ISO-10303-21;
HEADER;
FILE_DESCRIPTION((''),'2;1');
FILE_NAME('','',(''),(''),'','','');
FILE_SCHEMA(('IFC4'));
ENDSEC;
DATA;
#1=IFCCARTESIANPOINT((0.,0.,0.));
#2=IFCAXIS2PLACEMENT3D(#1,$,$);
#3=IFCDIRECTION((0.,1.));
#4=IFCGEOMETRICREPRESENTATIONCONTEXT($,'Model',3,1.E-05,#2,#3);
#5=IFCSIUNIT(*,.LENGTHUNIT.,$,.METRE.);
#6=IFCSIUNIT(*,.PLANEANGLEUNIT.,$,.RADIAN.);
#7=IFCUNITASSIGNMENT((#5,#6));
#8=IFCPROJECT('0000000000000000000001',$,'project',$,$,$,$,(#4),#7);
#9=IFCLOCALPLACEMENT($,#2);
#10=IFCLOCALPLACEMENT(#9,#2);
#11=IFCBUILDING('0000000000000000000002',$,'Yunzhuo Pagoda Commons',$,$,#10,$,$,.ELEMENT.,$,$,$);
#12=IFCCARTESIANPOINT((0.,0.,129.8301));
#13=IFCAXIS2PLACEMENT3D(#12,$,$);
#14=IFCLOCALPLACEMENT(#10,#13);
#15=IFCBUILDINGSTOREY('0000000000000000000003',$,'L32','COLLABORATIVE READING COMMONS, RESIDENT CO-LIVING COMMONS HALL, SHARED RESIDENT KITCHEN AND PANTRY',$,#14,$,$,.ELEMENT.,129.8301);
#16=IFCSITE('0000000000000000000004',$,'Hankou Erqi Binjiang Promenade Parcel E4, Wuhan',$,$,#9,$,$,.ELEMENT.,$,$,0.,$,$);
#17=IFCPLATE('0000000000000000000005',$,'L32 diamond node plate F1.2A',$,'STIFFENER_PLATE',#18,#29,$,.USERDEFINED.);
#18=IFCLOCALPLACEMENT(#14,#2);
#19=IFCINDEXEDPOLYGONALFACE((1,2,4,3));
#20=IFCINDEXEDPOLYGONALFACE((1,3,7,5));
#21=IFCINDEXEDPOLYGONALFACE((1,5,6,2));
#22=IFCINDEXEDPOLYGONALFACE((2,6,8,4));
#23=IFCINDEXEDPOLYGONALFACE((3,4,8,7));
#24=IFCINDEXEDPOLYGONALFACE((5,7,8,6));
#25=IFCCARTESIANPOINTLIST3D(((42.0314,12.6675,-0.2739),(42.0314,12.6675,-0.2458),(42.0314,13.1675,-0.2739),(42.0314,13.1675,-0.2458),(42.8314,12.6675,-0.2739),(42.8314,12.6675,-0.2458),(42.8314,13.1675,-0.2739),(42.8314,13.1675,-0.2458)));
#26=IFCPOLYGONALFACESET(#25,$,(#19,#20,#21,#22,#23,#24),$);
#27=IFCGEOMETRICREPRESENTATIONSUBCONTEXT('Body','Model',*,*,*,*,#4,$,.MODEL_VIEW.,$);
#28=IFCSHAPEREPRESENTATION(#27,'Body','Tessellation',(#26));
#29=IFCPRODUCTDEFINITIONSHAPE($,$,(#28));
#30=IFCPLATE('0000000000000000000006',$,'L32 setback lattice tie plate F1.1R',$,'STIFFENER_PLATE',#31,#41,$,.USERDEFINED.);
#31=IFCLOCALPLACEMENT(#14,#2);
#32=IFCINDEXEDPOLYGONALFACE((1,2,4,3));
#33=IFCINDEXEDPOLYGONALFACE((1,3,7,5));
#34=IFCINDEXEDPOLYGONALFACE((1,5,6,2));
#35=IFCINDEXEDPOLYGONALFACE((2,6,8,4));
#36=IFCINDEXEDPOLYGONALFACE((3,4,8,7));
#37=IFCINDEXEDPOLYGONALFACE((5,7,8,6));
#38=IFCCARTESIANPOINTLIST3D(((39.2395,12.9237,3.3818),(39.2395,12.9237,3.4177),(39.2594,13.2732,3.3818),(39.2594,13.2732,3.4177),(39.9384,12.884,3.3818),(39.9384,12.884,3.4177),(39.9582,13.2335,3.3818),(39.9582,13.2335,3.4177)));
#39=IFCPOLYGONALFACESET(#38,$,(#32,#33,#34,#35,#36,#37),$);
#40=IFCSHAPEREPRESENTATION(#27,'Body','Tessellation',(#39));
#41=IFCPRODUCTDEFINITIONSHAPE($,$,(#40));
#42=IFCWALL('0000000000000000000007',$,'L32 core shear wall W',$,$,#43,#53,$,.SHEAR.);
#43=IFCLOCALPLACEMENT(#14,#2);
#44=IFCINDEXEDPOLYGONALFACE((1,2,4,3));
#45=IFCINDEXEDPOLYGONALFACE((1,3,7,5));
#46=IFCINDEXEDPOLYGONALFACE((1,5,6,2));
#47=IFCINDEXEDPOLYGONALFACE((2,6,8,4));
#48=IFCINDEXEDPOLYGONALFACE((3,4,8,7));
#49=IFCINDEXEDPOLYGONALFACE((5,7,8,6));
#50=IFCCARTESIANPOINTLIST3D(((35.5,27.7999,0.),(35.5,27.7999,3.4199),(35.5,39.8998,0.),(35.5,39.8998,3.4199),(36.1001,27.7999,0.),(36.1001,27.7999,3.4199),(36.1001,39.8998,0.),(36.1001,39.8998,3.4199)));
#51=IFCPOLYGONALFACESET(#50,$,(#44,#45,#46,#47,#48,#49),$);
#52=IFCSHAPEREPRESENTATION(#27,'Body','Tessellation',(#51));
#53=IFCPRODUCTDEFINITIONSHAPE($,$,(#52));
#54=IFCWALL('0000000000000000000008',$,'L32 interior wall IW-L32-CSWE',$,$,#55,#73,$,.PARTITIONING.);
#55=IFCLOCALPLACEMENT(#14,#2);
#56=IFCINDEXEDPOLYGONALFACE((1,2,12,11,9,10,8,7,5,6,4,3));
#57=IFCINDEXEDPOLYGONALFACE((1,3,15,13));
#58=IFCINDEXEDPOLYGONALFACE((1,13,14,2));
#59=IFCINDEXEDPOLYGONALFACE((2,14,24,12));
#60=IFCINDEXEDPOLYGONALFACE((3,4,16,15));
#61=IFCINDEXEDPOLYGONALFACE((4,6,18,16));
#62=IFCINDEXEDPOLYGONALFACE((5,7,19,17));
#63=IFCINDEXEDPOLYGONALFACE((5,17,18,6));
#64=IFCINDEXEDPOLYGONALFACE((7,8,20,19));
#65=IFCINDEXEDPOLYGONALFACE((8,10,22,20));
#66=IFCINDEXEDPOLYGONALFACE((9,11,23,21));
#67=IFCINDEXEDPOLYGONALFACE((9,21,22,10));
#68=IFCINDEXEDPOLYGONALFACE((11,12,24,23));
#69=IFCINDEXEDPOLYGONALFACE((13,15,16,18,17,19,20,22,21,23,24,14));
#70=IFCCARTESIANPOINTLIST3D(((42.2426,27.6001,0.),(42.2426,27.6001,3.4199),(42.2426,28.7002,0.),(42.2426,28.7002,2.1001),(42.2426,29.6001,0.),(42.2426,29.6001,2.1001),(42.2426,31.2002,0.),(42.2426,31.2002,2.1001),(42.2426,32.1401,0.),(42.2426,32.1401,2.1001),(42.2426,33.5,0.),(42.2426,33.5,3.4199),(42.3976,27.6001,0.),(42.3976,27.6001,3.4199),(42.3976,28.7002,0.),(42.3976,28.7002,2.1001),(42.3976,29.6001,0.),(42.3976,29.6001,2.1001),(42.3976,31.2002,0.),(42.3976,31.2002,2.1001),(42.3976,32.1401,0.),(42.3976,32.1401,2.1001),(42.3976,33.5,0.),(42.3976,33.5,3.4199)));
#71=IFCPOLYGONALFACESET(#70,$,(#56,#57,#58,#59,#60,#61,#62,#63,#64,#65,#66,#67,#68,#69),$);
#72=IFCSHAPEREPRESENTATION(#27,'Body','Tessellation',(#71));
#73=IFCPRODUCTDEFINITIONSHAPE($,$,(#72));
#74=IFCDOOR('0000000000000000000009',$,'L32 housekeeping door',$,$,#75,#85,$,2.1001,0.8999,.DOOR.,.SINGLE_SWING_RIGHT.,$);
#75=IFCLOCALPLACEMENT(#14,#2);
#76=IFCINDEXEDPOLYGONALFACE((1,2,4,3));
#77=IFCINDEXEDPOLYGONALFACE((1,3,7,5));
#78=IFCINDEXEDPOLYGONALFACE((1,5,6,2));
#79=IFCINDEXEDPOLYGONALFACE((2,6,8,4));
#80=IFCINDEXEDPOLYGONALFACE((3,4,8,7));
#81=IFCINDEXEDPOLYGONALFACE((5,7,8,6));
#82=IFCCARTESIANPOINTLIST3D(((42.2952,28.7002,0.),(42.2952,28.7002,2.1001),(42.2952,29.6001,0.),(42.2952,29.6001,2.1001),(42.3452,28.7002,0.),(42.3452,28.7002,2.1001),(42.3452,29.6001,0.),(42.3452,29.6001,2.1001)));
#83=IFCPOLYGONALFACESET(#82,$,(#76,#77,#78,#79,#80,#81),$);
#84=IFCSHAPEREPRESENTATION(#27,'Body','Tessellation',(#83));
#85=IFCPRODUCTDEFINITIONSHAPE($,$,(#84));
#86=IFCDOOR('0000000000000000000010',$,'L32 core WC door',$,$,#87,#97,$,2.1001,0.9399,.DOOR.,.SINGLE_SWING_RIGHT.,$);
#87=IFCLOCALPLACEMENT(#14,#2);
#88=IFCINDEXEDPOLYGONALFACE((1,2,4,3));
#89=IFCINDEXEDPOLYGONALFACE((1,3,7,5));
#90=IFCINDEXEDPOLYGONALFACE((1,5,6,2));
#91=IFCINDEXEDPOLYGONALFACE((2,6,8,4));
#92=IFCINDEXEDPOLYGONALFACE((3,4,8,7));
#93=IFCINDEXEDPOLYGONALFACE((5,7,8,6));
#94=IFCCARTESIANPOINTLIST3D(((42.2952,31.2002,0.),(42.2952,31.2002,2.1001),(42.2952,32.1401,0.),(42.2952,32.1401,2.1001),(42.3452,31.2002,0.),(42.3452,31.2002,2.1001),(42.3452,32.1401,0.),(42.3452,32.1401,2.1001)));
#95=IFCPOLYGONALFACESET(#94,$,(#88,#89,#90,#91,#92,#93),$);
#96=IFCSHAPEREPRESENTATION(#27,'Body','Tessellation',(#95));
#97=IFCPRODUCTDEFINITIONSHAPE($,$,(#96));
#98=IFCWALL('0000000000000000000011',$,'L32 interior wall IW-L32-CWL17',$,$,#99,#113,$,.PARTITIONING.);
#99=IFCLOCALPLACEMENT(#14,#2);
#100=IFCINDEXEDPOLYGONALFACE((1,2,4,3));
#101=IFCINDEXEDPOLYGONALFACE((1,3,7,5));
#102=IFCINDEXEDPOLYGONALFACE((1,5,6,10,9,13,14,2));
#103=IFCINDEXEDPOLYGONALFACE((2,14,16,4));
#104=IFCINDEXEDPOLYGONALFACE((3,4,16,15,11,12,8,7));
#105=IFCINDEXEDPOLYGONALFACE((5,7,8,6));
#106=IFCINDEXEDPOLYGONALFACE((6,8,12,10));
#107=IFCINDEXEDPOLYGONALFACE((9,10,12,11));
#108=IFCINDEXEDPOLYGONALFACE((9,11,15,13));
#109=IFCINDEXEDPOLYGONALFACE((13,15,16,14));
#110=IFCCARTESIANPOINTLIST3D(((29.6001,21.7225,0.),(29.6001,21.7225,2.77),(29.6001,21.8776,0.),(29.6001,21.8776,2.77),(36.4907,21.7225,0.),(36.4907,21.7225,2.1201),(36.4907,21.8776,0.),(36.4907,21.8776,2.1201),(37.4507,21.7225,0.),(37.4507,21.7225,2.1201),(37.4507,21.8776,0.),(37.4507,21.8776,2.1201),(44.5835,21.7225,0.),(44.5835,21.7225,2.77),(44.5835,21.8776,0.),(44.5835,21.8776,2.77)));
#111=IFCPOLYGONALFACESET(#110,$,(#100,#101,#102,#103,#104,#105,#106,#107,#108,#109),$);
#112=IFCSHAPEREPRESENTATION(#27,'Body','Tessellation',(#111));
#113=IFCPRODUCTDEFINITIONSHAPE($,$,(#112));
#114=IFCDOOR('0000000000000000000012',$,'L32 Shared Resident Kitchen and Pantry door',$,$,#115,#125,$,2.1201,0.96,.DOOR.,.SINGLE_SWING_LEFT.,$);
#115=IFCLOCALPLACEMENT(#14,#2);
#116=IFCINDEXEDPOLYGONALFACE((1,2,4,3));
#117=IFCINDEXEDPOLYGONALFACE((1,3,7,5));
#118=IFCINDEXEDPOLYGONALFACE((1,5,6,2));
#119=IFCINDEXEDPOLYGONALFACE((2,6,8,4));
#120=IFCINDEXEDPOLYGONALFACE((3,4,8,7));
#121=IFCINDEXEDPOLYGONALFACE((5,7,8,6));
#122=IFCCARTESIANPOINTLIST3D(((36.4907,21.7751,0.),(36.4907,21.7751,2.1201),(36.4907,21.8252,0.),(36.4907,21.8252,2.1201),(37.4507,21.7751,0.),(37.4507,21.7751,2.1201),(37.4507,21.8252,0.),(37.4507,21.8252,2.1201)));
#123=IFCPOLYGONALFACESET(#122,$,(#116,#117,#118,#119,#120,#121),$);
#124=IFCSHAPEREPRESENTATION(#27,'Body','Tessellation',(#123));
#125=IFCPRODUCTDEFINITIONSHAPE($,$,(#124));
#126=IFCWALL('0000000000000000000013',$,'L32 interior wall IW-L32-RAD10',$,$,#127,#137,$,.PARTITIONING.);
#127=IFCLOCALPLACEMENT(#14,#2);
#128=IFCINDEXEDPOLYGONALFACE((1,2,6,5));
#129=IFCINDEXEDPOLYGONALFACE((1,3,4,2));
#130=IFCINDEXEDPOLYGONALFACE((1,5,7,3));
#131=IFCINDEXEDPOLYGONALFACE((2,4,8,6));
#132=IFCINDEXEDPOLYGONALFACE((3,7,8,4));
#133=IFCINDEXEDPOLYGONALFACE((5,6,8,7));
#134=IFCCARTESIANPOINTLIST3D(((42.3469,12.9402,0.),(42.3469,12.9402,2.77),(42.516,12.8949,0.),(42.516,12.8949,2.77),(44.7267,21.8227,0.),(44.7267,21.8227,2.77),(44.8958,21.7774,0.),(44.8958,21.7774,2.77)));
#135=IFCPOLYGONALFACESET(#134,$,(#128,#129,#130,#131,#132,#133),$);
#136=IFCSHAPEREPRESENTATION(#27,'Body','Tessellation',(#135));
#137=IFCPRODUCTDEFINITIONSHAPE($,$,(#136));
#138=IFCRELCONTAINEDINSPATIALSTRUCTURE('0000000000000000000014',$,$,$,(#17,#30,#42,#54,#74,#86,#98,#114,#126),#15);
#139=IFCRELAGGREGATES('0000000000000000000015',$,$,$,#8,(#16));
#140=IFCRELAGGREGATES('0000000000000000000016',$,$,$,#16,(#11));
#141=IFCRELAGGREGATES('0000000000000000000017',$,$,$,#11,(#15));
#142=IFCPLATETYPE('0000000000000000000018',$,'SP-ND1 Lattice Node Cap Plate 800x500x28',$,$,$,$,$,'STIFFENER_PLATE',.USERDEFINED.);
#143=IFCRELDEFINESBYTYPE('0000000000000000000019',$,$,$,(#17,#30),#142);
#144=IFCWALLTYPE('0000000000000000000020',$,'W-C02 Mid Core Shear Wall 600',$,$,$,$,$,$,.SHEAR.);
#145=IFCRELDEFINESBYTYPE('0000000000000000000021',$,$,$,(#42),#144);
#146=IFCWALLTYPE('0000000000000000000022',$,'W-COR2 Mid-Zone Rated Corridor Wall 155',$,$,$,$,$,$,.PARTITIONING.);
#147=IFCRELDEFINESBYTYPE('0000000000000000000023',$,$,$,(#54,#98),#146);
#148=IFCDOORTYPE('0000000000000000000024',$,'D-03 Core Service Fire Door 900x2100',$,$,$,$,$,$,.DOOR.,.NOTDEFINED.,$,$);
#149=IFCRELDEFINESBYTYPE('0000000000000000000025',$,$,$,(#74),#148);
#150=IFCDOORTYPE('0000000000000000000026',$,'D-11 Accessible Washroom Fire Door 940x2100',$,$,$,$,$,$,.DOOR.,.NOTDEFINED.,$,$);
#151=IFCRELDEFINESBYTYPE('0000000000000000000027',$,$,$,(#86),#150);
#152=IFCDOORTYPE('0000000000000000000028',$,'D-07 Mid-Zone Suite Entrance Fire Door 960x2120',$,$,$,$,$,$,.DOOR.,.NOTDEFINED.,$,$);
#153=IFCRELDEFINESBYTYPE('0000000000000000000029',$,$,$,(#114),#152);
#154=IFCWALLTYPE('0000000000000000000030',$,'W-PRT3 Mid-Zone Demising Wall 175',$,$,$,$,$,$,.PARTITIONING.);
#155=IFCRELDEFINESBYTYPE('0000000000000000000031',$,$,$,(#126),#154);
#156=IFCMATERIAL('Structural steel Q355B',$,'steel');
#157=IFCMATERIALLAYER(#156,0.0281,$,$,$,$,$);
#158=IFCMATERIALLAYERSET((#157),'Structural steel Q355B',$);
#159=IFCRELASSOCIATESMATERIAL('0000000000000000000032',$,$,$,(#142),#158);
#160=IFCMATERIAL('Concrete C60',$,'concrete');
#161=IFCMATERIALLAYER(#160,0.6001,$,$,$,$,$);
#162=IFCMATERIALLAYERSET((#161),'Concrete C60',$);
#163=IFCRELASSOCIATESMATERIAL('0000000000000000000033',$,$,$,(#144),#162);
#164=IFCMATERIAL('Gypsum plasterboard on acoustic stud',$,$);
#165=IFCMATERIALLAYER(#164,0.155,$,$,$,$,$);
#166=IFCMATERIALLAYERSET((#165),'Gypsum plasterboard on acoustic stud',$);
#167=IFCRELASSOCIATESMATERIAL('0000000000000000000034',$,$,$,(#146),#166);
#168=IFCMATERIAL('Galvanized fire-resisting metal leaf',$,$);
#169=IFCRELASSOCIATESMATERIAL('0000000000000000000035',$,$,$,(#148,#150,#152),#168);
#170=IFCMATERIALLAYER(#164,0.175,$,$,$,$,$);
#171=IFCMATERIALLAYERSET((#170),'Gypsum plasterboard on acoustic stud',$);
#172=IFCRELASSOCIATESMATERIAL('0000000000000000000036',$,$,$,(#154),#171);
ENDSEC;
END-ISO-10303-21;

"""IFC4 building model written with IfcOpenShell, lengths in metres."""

from ifc_helpers import new_model, si_unit, direction, frame, frame_2d, origin, origin_with_axes, origin_2d, place, context, subcontext, project, spatial, rectangle, extrude, source, transform, mapped, material, layer, layer_set, type_object, element, fill, save


model = new_model("IFC4")

# Units and contexts
model_context = context("Model", 3, precision=1e-05, world=origin(), true_north=direction((0.0, 1.0)))
body_context = subcontext(model_context, "Body", "Model", "MODEL_VIEW")
ifc_project = project(units=[si_unit("LENGTHUNIT", "METRE"), si_unit("PLANEANGLEUNIT", "RADIAN")], contexts=[model_context])

# Site, building, storey
site_placement = place(None, origin())
site = spatial("IfcSite", under=ifc_project, at=site_placement, Name="Hankou Erqi Binjiang Promenade Parcel E4, Wuhan", CompositionType="ELEMENT", RefElevation=0.0)
building_placement = place(site_placement, origin())
building = spatial("IfcBuilding", under=site, at=building_placement, Name="Yunzhuo Pagoda Commons", CompositionType="ELEMENT")
storey_placement = place(building_placement, frame((0.0, 0.0, 129.8301)))
storey = spatial("IfcBuildingStorey", under=building, at=storey_placement, Name="L32", Description="COLLABORATIVE READING COMMONS, RESIDENT CO-LIVING COMMONS HALL, SHARED RESIDENT KITCHEN AND PANTRY", CompositionType="ELEMENT", Elevation=129.8301)

# Shared definitions
ifc_material_1 = material(Name="Structural steel Q355B", Category="steel")

# Plates
ifc_layer_1 = layer(ifc_material_1, 0.0281)
ifc_layer_set_1 = layer_set([ifc_layer_1], Name="Structural steel Q355B")
plate_type_1 = type_object("IfcPlateType", Name="SP-ND1 Lattice Node Cap Plate 800x500x28", ElementType="STIFFENER_PLATE", PredefinedType="USERDEFINED", material=ifc_layer_set_1)
shared_shape_1 = source(origin(), body_context, "Body", "SweptSolid", [
    extrude(rectangle(XDim=0.8, YDim=0.5, at=origin_2d()), origin(), (0.0, 0.0, 1.0), 0.0281),
])
plate_1_placement = place(storey_placement, frame((42.4314, 12.9175, -0.2739), z_axis=(0.0, 0.0, 1.0), x_axis=(1.0, 0.0, 0.0)))
element("IfcPlate", 1, at=plate_1_placement, inside=storey, type_object=plate_type_1, Name="L32 diamond node plate F1.2A", ObjectType="STIFFENER_PLATE", PredefinedType="USERDEFINED", context=body_context, shape_type="MappedRepresentation", body=[
    mapped(shared_shape_1, transform((0.0, 0.0, 0.0), scale=1.0)),
])
shared_shape_2 = source(origin(), body_context, "Body", "SweptSolid", [
    extrude(rectangle(XDim=0.7, YDim=0.3501, at=origin_2d()), origin(), (0.0, 0.0, 1.0), 0.0359),
])
plate_2_placement = place(storey_placement, frame((39.5989, 13.0786, 3.3818), z_axis=(0.0, 0.0, 1.0), x_axis=(0.998389, -0.056745, 0.0)))
element("IfcPlate", 2, at=plate_2_placement, inside=storey, type_object=plate_type_1, Name="L32 setback lattice tie plate F1.1R", ObjectType="STIFFENER_PLATE", PredefinedType="USERDEFINED", context=body_context, shape_type="MappedRepresentation", body=[
    mapped(shared_shape_2, transform((0.0, 0.0, 0.0), scale=1.0)),
])

# Wall
ifc_material_2 = material(Name="Concrete C60", Category="concrete")
ifc_layer_2 = layer(ifc_material_2, 0.6001)
ifc_layer_set_2 = layer_set([ifc_layer_2], Name="Concrete C60")
wall_type_1 = type_object("IfcWallType", Name="W-C02 Mid Core Shear Wall 600", PredefinedType="SHEAR", material=ifc_layer_set_2)
wall_1_placement = place(storey_placement, frame((35.8, 27.8, 0.0), z_axis=(0.0, 0.0, 1.0), x_axis=(0.0, 1.0, 0.0)))
element("IfcWall", 3, at=wall_1_placement, inside=storey, type_object=wall_type_1, Name="L32 core shear wall W", PredefinedType="SHEAR", context=body_context, shape_type="SweptSolid", body=[
    extrude(rectangle(XDim=12.0999, YDim=0.6001, at=frame_2d((6.0498, 0.0))), origin(), (0.0, 0.0, 1.0), 3.4199),
])

# Wall, openings, doors
ifc_material_3 = material(Name="Gypsum plasterboard on acoustic stud")
ifc_layer_3 = layer(ifc_material_3, 0.155)
ifc_layer_set_3 = layer_set([ifc_layer_3], Name="Gypsum plasterboard on acoustic stud")
wall_type_2 = type_object("IfcWallType", Name="W-COR2 Mid-Zone Rated Corridor Wall 155", PredefinedType="PARTITIONING", material=ifc_layer_set_3)
wall_2_placement = place(storey_placement, frame((42.3201, 27.6001, 0.0), z_axis=(0.0, 0.0, 1.0), x_axis=(0.0, 1.0, 0.0)))
wall_2 = element("IfcWall", 4, at=wall_2_placement, inside=storey, type_object=wall_type_2, Name="L32 interior wall IW-L32-CSWE", PredefinedType="PARTITIONING", context=body_context, shape_type="SweptSolid", body=[
    extrude(rectangle(XDim=5.8999, YDim=0.155, at=frame_2d((2.95, 0.0))), origin(), (0.0, 0.0, 1.0), 3.4199),
])
opening_1_placement = place(wall_2_placement, frame((1.1001, 0.0, 0.0)))
opening_1 = element("IfcOpeningElement", 5, at=opening_1_placement, cuts=wall_2, PredefinedType="OPENING", context=body_context, shape_type="SweptSolid", body=[
    extrude(rectangle(XDim=0.8999, YDim=2.1001, at=frame_2d((0.45, 1.05))), frame((0.0, 0.0874, 0.0), z_axis=(0.0, -1.0, 0.0), x_axis=(1.0, 0.0, 0.0)), (0.0, 0.0, 1.0), 0.175),
])
opening_2_placement = place(wall_2_placement, frame((3.6001, 0.0, 0.0)))
opening_2 = element("IfcOpeningElement", 6, at=opening_2_placement, cuts=wall_2, PredefinedType="OPENING", context=body_context, shape_type="SweptSolid", body=[
    extrude(rectangle(XDim=0.9399, YDim=2.1001, at=frame_2d((0.47, 1.05))), frame((0.0, 0.0874, 0.0), z_axis=(0.0, -1.0, 0.0), x_axis=(1.0, 0.0, 0.0)), (0.0, 0.0, 1.0), 0.175),
])
ifc_material_4 = material(Name="Galvanized fire-resisting metal leaf")
door_type_1 = type_object("IfcDoorType", Name="D-03 Core Service Fire Door 900x2100", OperationType="NOTDEFINED", PredefinedType="DOOR", material=ifc_material_4)
shared_shape_3 = source(origin(), body_context, "Body", "SweptSolid", [
    extrude(rectangle(XDim=0.8999, YDim=2.1001, at=frame_2d((0.45, 1.05))), frame((0.0, 0.0249, 0.0), z_axis=(0.0, -1.0, 0.0), x_axis=(1.0, 0.0, 0.0)), (0.0, 0.0, 1.0), 0.05),
])
door_1_placement = place(opening_1_placement, origin_with_axes())
door_1 = element("IfcDoor", 7, at=door_1_placement, inside=storey, type_object=door_type_1, Name="L32 housekeeping door", OperationType="SINGLE_SWING_RIGHT", OverallHeight=2.1001, OverallWidth=0.8999, PredefinedType="DOOR", context=body_context, shape_type="MappedRepresentation", body=[
    mapped(shared_shape_3, transform((0.0, 0.0, 0.0), scale=1.0)),
])
fill(opening_1, door_1)
door_type_2 = type_object("IfcDoorType", Name="D-11 Accessible Washroom Fire Door 940x2100", OperationType="NOTDEFINED", PredefinedType="DOOR", material=ifc_material_4)
shared_shape_4 = source(origin(), body_context, "Body", "SweptSolid", [
    extrude(rectangle(XDim=0.9399, YDim=2.1001, at=frame_2d((0.47, 1.05))), frame((0.0, 0.0249, 0.0), z_axis=(0.0, -1.0, 0.0), x_axis=(1.0, 0.0, 0.0)), (0.0, 0.0, 1.0), 0.05),
])
door_2_placement = place(opening_2_placement, origin_with_axes())
door_2 = element("IfcDoor", 8, at=door_2_placement, inside=storey, type_object=door_type_2, Name="L32 core WC door", OperationType="SINGLE_SWING_RIGHT", OverallHeight=2.1001, OverallWidth=0.9399, PredefinedType="DOOR", context=body_context, shape_type="MappedRepresentation", body=[
    mapped(shared_shape_4, transform((0.0, 0.0, 0.0), scale=1.0)),
])
fill(opening_2, door_2)

# Wall, opening, door
wall_3_placement = place(storey_placement, frame((44.5835, 21.8, 0.0), z_axis=(0.0, 0.0, 1.0), x_axis=(-1.0, 0.0, 0.0)))
wall_3 = element("IfcWall", 9, at=wall_3_placement, inside=storey, type_object=wall_type_2, Name="L32 interior wall IW-L32-CWL17", PredefinedType="PARTITIONING", context=body_context, shape_type="SweptSolid", body=[
    extrude(rectangle(XDim=14.9834, YDim=0.155, at=frame_2d((7.4917, 0.0))), origin(), (0.0, 0.0, 1.0), 2.77),
])
opening_3_placement = place(wall_3_placement, frame((7.1328, 0.0, 0.0)))
opening_3 = element("IfcOpeningElement", 10, at=opening_3_placement, cuts=wall_3, PredefinedType="OPENING", context=body_context, shape_type="SweptSolid", body=[
    extrude(rectangle(XDim=0.96, YDim=2.1201, at=frame_2d((0.48, 1.0601))), frame((0.0, 0.0874, 0.0), z_axis=(0.0, -1.0, 0.0), x_axis=(1.0, 0.0, 0.0)), (0.0, 0.0, 1.0), 0.175),
])
door_type_3 = type_object("IfcDoorType", Name="D-07 Mid-Zone Suite Entrance Fire Door 960x2120", OperationType="NOTDEFINED", PredefinedType="DOOR", material=ifc_material_4)
shared_shape_5 = source(origin(), body_context, "Body", "SweptSolid", [
    extrude(rectangle(XDim=0.96, YDim=2.1201, at=frame_2d((0.48, 1.0601))), frame((0.0, 0.0249, 0.0), z_axis=(0.0, -1.0, 0.0), x_axis=(1.0, 0.0, 0.0)), (0.0, 0.0, 1.0), 0.05),
])
door_3_placement = place(opening_3_placement, origin_with_axes())
door_3 = element("IfcDoor", 11, at=door_3_placement, inside=storey, type_object=door_type_3, Name="L32 Shared Resident Kitchen and Pantry door", OperationType="SINGLE_SWING_LEFT", OverallHeight=2.1201, OverallWidth=0.96, PredefinedType="DOOR", context=body_context, shape_type="MappedRepresentation", body=[
    mapped(shared_shape_5, transform((0.0, 0.0, 0.0), scale=1.0)),
])
fill(opening_3, door_3)

# Wall
ifc_layer_4 = layer(ifc_material_3, 0.175)
ifc_layer_set_4 = layer_set([ifc_layer_4], Name="Gypsum plasterboard on acoustic stud")
wall_type_3 = type_object("IfcWallType", Name="W-PRT3 Mid-Zone Demising Wall 175", PredefinedType="PARTITIONING", material=ifc_layer_set_4)
wall_4_placement = place(storey_placement, frame((44.8113, 21.8, 0.0), z_axis=(0.0, 0.0, 1.0), x_axis=(-0.258799, -0.965931, 0.0)))
element("IfcWall", 12, at=wall_4_placement, inside=storey, type_object=wall_type_3, Name="L32 interior wall IW-L32-RAD10", PredefinedType="PARTITIONING", context=body_context, shape_type="SweptSolid", body=[
    extrude(rectangle(XDim=9.1958, YDim=0.175, at=frame_2d((4.5979, 0.0))), origin(), (0.0, 0.0, 1.0), 2.77),
])

save(model, "model.ifc")
